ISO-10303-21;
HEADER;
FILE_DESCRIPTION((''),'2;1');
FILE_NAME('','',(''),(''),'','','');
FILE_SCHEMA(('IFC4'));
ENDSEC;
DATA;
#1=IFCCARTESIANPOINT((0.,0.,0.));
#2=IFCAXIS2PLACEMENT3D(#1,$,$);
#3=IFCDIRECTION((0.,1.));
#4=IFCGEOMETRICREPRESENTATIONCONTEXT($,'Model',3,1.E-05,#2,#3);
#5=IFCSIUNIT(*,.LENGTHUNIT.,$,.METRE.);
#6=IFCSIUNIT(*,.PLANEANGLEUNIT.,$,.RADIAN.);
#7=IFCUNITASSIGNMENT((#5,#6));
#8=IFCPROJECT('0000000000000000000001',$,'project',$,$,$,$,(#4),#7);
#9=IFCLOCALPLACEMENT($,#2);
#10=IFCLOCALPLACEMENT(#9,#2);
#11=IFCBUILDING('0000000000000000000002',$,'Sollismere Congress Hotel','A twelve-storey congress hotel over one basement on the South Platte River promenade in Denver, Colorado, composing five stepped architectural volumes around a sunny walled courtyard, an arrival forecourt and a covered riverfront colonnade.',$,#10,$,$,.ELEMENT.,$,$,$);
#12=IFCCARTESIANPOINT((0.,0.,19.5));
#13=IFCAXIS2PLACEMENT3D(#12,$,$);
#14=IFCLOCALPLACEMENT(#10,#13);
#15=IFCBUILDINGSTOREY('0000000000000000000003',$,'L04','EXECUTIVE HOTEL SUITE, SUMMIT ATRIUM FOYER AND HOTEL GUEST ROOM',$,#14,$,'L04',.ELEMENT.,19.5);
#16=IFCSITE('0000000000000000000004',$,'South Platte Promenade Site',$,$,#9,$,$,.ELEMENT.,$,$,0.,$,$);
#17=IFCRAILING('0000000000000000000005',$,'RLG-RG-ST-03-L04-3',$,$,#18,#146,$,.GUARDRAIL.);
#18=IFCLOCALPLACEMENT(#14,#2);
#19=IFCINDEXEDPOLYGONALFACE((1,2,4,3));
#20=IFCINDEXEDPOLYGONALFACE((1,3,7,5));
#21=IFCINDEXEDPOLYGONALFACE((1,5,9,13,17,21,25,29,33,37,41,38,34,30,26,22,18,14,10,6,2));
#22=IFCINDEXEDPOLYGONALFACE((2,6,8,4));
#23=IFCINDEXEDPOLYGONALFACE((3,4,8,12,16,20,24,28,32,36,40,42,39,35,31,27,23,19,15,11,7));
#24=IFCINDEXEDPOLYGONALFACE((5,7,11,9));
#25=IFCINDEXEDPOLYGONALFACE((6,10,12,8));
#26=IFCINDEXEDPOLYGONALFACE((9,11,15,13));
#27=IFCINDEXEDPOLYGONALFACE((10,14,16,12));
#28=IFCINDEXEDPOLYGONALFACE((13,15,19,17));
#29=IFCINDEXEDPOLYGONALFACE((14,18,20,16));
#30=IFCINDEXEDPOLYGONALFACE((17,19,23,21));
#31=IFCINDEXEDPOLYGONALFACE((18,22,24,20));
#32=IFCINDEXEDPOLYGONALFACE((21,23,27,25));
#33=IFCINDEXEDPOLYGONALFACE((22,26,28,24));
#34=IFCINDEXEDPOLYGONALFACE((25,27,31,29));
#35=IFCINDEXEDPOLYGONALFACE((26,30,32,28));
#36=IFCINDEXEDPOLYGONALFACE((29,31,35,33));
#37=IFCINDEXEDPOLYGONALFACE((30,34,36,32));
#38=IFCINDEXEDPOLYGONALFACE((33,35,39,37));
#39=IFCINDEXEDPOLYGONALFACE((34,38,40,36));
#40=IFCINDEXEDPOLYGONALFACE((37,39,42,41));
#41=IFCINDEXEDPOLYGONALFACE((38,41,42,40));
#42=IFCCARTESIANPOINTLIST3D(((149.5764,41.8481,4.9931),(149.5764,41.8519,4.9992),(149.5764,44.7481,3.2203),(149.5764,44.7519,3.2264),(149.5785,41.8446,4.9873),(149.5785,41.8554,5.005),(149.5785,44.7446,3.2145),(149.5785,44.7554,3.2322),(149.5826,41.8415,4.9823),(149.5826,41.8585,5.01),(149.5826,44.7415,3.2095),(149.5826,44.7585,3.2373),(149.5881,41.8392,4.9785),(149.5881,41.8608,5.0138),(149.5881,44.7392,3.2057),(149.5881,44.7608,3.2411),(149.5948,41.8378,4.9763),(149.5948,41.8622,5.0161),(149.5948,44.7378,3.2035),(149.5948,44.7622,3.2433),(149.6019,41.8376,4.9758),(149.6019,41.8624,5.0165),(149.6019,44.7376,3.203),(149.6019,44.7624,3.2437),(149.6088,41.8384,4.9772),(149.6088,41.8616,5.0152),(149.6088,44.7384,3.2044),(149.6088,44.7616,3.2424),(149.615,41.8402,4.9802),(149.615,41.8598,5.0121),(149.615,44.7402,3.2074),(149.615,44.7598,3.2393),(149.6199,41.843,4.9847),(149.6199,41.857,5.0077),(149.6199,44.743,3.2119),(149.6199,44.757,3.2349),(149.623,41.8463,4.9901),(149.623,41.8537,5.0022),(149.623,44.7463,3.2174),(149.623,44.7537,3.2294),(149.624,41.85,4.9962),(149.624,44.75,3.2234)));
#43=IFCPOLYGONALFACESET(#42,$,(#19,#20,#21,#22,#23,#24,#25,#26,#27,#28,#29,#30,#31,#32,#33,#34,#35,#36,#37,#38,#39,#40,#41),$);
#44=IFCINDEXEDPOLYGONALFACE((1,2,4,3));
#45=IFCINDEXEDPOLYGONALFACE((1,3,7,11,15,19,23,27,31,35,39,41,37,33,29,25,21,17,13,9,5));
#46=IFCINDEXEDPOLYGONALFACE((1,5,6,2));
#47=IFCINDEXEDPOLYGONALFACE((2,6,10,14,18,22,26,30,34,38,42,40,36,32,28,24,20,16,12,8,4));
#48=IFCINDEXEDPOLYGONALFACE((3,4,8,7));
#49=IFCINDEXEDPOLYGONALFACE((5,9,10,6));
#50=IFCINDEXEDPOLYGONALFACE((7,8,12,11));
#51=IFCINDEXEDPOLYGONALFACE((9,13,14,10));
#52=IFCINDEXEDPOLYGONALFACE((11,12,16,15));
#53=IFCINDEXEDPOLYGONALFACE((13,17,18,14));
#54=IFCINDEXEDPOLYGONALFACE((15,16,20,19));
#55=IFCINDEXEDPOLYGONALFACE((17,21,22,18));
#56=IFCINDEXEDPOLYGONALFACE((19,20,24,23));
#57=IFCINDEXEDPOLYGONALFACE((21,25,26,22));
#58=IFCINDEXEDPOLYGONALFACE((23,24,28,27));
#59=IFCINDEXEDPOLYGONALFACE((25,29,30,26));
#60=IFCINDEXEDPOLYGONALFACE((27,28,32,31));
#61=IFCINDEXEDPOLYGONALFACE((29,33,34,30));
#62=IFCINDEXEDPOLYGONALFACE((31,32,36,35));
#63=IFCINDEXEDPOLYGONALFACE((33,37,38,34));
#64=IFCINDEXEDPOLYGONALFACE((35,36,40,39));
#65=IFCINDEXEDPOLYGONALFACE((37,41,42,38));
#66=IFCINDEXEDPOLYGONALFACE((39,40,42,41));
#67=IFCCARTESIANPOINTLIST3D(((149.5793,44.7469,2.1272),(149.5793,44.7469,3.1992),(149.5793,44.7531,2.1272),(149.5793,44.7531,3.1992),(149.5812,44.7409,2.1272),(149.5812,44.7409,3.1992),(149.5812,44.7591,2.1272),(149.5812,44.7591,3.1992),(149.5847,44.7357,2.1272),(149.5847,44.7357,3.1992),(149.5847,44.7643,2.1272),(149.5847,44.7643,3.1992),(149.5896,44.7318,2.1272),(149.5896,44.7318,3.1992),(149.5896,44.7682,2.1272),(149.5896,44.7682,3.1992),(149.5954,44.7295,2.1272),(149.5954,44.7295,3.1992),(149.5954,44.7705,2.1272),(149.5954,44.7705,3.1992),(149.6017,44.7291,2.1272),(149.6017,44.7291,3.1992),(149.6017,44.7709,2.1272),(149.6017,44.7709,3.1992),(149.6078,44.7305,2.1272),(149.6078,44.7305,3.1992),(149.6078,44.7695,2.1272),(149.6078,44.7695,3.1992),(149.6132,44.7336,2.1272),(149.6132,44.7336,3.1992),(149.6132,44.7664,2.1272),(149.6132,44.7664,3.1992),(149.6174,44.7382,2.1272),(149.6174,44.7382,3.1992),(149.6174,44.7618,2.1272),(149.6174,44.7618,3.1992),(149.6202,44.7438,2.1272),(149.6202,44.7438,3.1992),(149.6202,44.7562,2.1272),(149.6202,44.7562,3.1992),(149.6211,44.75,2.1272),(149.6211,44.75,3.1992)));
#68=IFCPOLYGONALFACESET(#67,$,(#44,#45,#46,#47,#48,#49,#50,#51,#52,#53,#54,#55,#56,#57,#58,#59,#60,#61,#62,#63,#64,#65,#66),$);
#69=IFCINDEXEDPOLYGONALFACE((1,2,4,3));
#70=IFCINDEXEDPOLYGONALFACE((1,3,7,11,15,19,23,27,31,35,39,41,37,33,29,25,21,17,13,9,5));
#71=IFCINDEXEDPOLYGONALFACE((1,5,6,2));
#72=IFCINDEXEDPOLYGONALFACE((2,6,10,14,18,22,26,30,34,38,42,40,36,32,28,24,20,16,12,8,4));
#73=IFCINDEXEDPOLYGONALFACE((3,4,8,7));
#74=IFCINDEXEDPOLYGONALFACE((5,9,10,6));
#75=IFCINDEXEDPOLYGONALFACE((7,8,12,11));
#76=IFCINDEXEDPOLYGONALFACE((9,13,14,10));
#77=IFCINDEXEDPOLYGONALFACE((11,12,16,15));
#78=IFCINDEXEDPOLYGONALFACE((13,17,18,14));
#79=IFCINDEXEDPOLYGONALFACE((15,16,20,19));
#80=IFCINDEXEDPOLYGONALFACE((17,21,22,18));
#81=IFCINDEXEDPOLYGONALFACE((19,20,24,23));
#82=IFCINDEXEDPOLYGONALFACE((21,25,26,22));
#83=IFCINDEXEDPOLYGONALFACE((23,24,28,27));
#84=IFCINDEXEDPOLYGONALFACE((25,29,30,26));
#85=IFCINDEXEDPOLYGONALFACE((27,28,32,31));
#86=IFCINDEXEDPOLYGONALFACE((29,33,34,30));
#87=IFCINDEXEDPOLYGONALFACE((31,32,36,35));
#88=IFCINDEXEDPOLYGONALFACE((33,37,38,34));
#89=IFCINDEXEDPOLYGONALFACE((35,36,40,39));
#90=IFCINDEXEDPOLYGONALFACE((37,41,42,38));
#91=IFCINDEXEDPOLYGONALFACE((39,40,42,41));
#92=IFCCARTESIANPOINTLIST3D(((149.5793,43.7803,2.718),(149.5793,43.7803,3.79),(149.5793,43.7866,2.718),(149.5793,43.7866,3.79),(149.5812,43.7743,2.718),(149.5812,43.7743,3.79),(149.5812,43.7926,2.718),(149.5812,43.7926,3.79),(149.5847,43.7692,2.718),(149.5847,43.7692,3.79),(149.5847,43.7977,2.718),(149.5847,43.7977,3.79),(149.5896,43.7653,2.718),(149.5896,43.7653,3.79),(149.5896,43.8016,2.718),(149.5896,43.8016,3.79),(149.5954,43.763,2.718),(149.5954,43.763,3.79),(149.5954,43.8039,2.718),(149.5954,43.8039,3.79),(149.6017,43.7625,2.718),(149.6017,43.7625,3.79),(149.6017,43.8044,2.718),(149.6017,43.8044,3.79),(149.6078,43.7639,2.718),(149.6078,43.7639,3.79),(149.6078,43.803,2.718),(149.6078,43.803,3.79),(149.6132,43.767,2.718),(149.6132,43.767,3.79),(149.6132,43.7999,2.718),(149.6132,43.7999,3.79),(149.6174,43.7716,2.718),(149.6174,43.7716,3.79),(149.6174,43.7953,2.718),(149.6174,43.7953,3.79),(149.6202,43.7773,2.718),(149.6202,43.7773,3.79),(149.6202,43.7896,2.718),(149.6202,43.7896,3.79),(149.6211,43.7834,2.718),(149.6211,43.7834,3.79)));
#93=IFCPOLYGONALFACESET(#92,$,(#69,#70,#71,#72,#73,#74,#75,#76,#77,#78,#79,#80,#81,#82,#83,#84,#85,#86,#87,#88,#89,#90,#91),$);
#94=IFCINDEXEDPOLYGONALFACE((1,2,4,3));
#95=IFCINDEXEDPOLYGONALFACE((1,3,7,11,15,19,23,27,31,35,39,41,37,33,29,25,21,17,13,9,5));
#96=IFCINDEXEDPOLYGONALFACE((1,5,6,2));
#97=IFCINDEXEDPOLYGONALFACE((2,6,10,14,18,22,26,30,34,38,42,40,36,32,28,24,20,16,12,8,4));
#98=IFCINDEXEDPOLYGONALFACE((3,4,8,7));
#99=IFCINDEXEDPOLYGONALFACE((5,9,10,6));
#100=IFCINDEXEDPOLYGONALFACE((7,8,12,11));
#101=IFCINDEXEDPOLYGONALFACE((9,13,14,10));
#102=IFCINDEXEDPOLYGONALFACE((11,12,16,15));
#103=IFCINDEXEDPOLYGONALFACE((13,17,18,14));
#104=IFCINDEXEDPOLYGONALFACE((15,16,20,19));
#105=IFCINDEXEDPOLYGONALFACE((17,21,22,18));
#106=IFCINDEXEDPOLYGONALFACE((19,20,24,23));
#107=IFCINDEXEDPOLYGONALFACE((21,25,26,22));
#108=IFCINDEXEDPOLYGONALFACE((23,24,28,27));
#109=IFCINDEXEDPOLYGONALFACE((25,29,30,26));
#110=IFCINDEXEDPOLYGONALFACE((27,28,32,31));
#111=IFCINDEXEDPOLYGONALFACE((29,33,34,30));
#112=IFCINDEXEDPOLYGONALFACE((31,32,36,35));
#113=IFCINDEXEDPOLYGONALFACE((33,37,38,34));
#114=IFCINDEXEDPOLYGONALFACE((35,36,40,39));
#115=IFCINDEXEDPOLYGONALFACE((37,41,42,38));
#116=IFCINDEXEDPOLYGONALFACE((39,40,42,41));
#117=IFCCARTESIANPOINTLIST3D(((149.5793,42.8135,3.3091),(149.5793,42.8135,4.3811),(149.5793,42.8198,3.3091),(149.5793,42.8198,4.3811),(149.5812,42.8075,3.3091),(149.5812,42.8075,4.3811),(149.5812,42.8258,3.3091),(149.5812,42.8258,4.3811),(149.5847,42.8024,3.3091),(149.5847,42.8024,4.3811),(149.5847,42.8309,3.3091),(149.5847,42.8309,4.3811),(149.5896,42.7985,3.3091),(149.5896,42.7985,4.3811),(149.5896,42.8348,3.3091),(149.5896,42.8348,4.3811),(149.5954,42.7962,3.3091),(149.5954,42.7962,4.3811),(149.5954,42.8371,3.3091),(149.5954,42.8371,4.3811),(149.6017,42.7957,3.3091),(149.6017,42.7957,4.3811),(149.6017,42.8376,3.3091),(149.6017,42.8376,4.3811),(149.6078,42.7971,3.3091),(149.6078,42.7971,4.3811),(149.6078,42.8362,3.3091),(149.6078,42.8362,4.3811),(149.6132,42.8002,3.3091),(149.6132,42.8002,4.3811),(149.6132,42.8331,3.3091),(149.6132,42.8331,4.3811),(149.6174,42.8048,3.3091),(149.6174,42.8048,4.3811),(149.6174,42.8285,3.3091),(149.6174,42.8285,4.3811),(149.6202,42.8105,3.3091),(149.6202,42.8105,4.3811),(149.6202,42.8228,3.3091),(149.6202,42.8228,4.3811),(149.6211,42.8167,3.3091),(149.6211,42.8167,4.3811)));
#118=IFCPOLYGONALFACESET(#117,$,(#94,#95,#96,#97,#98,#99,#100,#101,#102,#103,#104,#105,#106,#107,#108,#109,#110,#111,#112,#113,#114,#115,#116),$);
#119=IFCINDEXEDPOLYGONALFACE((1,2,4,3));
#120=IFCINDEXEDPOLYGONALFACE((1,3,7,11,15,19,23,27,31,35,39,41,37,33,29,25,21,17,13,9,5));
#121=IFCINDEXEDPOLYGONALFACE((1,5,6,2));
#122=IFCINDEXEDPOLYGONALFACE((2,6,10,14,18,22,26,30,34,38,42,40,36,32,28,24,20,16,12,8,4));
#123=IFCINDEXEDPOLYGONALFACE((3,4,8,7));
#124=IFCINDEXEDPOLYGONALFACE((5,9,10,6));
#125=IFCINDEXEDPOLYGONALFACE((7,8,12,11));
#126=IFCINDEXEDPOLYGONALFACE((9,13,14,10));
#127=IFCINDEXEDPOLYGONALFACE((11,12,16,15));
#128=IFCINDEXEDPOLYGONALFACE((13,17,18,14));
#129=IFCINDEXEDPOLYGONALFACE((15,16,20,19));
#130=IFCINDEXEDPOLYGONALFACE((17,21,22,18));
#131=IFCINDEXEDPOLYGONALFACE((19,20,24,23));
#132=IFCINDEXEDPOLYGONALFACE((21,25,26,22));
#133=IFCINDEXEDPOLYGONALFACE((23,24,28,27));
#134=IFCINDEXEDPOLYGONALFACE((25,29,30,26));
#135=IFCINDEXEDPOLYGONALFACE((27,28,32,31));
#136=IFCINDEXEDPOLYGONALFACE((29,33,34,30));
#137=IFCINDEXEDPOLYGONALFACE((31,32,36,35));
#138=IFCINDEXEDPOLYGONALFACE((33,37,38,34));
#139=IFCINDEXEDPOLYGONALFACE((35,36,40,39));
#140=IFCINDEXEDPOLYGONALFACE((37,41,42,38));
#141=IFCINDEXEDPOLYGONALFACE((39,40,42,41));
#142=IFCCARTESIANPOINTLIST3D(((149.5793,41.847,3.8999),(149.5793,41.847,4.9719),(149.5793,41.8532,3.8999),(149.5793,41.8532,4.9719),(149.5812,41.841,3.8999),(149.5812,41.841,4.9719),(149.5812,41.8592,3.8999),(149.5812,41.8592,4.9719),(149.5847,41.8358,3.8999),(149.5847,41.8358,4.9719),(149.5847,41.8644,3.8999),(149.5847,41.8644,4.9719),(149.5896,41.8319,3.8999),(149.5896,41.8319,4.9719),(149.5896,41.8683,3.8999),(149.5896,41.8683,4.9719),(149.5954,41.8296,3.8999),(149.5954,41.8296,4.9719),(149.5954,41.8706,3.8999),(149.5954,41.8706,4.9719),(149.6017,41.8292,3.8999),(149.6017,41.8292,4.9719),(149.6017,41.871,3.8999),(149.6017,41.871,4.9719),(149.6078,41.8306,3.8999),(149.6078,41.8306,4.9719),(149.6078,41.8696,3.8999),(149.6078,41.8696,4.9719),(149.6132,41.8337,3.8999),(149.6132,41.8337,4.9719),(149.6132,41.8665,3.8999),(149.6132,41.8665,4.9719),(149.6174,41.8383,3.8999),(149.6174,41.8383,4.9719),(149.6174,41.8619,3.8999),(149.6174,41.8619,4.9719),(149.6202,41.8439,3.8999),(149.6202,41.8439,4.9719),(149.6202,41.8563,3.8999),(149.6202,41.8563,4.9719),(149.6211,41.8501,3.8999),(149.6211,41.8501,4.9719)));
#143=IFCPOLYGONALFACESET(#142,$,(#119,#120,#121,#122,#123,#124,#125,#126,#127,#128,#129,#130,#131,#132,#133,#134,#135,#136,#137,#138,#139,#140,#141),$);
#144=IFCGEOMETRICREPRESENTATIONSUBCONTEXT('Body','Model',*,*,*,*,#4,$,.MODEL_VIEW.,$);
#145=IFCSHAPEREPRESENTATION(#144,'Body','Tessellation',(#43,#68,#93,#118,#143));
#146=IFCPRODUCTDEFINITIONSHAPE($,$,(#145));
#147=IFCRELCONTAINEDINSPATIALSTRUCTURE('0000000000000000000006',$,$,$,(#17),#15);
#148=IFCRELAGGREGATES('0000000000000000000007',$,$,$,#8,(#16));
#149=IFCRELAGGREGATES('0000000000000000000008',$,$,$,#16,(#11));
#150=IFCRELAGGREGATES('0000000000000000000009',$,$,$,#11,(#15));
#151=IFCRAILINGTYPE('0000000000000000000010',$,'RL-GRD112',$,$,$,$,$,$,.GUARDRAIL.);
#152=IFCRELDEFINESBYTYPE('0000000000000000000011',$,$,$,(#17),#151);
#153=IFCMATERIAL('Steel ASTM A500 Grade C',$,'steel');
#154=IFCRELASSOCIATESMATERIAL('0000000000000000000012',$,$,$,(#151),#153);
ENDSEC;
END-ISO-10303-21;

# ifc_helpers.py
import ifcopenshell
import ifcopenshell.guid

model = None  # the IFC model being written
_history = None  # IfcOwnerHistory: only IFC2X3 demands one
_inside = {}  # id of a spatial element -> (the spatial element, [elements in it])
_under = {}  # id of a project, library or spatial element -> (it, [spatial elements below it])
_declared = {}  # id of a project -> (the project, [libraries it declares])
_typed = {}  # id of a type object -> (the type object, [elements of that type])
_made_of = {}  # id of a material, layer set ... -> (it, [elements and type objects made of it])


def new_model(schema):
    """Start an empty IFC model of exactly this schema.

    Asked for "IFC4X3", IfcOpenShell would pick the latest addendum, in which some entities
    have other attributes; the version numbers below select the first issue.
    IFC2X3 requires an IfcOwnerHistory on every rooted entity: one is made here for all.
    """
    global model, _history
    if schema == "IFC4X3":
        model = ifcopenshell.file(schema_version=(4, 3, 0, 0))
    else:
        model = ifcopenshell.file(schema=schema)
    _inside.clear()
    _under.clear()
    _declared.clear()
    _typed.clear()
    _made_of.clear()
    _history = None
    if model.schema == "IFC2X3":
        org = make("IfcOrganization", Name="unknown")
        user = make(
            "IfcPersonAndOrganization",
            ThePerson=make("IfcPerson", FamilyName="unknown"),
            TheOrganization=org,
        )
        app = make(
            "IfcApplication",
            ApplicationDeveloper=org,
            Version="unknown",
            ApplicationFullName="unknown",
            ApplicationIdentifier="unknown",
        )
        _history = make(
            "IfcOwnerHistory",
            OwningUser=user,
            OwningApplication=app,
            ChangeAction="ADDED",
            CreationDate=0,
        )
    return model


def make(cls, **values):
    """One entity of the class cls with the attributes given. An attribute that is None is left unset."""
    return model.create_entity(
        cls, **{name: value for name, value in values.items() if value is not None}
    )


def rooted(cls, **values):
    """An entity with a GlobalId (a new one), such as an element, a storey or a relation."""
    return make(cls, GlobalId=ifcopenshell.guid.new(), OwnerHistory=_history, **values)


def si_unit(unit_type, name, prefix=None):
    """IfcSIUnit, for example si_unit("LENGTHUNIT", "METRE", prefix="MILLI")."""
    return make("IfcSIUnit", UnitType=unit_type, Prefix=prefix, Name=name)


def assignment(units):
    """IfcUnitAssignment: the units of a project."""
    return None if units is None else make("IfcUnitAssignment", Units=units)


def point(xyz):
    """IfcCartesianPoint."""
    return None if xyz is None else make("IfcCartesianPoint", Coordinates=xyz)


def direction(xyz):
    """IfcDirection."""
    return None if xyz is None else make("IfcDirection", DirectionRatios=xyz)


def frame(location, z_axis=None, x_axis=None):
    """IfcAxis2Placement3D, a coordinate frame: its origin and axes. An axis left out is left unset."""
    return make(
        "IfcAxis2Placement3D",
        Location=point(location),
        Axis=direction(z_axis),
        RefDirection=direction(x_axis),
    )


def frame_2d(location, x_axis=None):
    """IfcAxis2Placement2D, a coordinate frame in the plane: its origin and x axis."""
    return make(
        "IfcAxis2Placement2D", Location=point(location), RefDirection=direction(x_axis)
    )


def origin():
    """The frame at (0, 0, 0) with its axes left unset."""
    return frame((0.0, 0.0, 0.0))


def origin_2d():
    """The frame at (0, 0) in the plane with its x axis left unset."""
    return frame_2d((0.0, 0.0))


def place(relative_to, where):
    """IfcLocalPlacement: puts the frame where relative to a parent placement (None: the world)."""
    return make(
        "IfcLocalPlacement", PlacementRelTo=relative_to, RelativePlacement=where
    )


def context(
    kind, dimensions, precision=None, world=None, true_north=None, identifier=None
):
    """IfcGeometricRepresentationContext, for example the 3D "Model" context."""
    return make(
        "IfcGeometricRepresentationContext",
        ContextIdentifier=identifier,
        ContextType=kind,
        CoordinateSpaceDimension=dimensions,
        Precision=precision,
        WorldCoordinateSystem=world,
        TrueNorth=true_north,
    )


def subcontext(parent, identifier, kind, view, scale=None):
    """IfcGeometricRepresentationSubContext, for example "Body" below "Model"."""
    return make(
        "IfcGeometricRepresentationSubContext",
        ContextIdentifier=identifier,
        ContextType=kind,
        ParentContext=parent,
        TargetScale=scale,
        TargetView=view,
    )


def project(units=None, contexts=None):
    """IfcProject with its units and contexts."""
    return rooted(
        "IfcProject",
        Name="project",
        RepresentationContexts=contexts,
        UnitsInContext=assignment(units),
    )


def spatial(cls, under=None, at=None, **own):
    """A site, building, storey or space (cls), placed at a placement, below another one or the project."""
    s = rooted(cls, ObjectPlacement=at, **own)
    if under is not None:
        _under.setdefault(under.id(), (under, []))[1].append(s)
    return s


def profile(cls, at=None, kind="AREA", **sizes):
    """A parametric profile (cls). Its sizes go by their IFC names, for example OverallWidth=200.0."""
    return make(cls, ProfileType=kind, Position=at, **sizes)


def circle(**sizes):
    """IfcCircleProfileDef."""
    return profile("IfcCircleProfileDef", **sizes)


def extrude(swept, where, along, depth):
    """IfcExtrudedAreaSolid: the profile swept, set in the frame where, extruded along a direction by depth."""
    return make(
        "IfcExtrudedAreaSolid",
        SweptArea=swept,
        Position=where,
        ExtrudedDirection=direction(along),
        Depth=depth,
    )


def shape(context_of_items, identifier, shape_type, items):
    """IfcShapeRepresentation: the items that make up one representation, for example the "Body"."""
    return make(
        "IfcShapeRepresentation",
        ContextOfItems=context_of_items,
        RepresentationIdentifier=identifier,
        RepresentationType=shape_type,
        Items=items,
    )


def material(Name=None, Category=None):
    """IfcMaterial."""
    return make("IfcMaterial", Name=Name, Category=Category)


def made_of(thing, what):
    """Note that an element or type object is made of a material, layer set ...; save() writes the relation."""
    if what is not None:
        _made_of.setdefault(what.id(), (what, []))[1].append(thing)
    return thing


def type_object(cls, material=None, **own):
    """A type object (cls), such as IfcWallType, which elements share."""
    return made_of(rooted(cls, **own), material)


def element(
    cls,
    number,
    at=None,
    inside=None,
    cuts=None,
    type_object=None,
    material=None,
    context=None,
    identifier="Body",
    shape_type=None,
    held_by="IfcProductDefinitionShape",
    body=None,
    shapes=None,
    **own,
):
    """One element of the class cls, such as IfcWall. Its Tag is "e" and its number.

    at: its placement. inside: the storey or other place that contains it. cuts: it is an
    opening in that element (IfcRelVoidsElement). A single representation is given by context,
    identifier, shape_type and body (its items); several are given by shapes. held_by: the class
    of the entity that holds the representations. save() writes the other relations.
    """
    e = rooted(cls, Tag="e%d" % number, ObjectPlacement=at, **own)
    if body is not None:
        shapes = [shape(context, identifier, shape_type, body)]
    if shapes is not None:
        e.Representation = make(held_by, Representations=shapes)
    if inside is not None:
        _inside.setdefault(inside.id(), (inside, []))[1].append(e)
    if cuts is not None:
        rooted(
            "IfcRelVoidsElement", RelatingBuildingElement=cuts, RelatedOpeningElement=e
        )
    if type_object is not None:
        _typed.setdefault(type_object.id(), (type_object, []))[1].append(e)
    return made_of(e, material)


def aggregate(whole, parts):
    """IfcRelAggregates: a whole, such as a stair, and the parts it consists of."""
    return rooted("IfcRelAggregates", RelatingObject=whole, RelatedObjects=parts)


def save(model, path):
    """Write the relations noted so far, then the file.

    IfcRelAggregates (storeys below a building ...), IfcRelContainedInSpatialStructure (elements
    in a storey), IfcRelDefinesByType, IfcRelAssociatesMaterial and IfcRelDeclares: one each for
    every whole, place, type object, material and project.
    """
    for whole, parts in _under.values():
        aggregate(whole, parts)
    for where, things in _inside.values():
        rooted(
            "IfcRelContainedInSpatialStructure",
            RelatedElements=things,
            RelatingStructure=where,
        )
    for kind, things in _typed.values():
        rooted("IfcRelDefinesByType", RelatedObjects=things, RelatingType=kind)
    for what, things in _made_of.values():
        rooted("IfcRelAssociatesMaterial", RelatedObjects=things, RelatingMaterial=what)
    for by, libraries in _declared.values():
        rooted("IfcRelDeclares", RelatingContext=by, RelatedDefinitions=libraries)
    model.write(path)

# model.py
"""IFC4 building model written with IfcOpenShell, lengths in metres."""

from ifc_helpers import new_model, si_unit, direction, frame, origin, origin_2d, place, context, subcontext, project, spatial, circle, extrude, material, type_object, element, save


model = new_model("IFC4")

# Units and contexts
model_context = context("Model", 3, precision=1e-05, world=origin(), true_north=direction((0.0, 1.0)))
body_context = subcontext(model_context, "Body", "Model", "MODEL_VIEW")
ifc_project = project(units=[si_unit("LENGTHUNIT", "METRE"), si_unit("PLANEANGLEUNIT", "RADIAN")], contexts=[model_context])

# Site, building, storey
site_placement = place(None, origin())
site = spatial("IfcSite", under=ifc_project, at=site_placement, Name="South Platte Promenade Site", CompositionType="ELEMENT", RefElevation=0.0)
building_placement = place(site_placement, origin())
building = spatial("IfcBuilding", under=site, at=building_placement, Name="Sollismere Congress Hotel", Description="A twelve-storey congress hotel over one basement on the South Platte River promenade in Denver, Colorado, composing five stepped architectural volumes around a sunny walled courtyard, an arrival forecourt and a covered riverfront colonnade.", CompositionType="ELEMENT")
storey_placement = place(building_placement, frame((0.0, 0.0, 19.5)))
storey = spatial("IfcBuildingStorey", under=building, at=storey_placement, Name="L04", Description="EXECUTIVE HOTEL SUITE, SUMMIT ATRIUM FOYER AND HOTEL GUEST ROOM", LongName="L04", CompositionType="ELEMENT", Elevation=19.5)

# Railing
ifc_material_1 = material(Name="Steel ASTM A500 Grade C", Category="steel")
railing_type_1 = type_object("IfcRailingType", Name="RL-GRD112", PredefinedType="GUARDRAIL", material=ifc_material_1)
railing_1_placement = place(storey_placement, frame((149.6001, 44.75, 2.1272)))
element("IfcRailing", 1, at=railing_1_placement, inside=storey, type_object=railing_type_1, Name="RLG-RG-ST-03-L04-3", PredefinedType="GUARDRAIL", context=body_context, shape_type="SweptSolid", body=[
    extrude(circle(Radius=0.0239, at=origin_2d()), frame((0.0, 0.0, 1.0962), z_axis=(0.0, -0.853211, 0.521566), x_axis=(1.0, 0.0, 0.0)), (0.0, 0.0, 1.0), 3.3989),
    extrude(circle(Radius=0.021, at=origin_2d()), origin(), (0.0, 0.0, 1.0), 1.072),
    extrude(circle(Radius=0.021, at=origin_2d()), frame((0.0, -0.9666, 0.5908)), (0.0, 0.0, 1.0), 1.072),
    extrude(circle(Radius=0.021, at=origin_2d()), frame((0.0, -1.9333, 1.1819)), (0.0, 0.0, 1.0), 1.072),
    extrude(circle(Radius=0.021, at=origin_2d()), frame((0.0, -2.8999, 1.7727)), (0.0, 0.0, 1.0), 1.072),
])

save(model, "model.ifc")
